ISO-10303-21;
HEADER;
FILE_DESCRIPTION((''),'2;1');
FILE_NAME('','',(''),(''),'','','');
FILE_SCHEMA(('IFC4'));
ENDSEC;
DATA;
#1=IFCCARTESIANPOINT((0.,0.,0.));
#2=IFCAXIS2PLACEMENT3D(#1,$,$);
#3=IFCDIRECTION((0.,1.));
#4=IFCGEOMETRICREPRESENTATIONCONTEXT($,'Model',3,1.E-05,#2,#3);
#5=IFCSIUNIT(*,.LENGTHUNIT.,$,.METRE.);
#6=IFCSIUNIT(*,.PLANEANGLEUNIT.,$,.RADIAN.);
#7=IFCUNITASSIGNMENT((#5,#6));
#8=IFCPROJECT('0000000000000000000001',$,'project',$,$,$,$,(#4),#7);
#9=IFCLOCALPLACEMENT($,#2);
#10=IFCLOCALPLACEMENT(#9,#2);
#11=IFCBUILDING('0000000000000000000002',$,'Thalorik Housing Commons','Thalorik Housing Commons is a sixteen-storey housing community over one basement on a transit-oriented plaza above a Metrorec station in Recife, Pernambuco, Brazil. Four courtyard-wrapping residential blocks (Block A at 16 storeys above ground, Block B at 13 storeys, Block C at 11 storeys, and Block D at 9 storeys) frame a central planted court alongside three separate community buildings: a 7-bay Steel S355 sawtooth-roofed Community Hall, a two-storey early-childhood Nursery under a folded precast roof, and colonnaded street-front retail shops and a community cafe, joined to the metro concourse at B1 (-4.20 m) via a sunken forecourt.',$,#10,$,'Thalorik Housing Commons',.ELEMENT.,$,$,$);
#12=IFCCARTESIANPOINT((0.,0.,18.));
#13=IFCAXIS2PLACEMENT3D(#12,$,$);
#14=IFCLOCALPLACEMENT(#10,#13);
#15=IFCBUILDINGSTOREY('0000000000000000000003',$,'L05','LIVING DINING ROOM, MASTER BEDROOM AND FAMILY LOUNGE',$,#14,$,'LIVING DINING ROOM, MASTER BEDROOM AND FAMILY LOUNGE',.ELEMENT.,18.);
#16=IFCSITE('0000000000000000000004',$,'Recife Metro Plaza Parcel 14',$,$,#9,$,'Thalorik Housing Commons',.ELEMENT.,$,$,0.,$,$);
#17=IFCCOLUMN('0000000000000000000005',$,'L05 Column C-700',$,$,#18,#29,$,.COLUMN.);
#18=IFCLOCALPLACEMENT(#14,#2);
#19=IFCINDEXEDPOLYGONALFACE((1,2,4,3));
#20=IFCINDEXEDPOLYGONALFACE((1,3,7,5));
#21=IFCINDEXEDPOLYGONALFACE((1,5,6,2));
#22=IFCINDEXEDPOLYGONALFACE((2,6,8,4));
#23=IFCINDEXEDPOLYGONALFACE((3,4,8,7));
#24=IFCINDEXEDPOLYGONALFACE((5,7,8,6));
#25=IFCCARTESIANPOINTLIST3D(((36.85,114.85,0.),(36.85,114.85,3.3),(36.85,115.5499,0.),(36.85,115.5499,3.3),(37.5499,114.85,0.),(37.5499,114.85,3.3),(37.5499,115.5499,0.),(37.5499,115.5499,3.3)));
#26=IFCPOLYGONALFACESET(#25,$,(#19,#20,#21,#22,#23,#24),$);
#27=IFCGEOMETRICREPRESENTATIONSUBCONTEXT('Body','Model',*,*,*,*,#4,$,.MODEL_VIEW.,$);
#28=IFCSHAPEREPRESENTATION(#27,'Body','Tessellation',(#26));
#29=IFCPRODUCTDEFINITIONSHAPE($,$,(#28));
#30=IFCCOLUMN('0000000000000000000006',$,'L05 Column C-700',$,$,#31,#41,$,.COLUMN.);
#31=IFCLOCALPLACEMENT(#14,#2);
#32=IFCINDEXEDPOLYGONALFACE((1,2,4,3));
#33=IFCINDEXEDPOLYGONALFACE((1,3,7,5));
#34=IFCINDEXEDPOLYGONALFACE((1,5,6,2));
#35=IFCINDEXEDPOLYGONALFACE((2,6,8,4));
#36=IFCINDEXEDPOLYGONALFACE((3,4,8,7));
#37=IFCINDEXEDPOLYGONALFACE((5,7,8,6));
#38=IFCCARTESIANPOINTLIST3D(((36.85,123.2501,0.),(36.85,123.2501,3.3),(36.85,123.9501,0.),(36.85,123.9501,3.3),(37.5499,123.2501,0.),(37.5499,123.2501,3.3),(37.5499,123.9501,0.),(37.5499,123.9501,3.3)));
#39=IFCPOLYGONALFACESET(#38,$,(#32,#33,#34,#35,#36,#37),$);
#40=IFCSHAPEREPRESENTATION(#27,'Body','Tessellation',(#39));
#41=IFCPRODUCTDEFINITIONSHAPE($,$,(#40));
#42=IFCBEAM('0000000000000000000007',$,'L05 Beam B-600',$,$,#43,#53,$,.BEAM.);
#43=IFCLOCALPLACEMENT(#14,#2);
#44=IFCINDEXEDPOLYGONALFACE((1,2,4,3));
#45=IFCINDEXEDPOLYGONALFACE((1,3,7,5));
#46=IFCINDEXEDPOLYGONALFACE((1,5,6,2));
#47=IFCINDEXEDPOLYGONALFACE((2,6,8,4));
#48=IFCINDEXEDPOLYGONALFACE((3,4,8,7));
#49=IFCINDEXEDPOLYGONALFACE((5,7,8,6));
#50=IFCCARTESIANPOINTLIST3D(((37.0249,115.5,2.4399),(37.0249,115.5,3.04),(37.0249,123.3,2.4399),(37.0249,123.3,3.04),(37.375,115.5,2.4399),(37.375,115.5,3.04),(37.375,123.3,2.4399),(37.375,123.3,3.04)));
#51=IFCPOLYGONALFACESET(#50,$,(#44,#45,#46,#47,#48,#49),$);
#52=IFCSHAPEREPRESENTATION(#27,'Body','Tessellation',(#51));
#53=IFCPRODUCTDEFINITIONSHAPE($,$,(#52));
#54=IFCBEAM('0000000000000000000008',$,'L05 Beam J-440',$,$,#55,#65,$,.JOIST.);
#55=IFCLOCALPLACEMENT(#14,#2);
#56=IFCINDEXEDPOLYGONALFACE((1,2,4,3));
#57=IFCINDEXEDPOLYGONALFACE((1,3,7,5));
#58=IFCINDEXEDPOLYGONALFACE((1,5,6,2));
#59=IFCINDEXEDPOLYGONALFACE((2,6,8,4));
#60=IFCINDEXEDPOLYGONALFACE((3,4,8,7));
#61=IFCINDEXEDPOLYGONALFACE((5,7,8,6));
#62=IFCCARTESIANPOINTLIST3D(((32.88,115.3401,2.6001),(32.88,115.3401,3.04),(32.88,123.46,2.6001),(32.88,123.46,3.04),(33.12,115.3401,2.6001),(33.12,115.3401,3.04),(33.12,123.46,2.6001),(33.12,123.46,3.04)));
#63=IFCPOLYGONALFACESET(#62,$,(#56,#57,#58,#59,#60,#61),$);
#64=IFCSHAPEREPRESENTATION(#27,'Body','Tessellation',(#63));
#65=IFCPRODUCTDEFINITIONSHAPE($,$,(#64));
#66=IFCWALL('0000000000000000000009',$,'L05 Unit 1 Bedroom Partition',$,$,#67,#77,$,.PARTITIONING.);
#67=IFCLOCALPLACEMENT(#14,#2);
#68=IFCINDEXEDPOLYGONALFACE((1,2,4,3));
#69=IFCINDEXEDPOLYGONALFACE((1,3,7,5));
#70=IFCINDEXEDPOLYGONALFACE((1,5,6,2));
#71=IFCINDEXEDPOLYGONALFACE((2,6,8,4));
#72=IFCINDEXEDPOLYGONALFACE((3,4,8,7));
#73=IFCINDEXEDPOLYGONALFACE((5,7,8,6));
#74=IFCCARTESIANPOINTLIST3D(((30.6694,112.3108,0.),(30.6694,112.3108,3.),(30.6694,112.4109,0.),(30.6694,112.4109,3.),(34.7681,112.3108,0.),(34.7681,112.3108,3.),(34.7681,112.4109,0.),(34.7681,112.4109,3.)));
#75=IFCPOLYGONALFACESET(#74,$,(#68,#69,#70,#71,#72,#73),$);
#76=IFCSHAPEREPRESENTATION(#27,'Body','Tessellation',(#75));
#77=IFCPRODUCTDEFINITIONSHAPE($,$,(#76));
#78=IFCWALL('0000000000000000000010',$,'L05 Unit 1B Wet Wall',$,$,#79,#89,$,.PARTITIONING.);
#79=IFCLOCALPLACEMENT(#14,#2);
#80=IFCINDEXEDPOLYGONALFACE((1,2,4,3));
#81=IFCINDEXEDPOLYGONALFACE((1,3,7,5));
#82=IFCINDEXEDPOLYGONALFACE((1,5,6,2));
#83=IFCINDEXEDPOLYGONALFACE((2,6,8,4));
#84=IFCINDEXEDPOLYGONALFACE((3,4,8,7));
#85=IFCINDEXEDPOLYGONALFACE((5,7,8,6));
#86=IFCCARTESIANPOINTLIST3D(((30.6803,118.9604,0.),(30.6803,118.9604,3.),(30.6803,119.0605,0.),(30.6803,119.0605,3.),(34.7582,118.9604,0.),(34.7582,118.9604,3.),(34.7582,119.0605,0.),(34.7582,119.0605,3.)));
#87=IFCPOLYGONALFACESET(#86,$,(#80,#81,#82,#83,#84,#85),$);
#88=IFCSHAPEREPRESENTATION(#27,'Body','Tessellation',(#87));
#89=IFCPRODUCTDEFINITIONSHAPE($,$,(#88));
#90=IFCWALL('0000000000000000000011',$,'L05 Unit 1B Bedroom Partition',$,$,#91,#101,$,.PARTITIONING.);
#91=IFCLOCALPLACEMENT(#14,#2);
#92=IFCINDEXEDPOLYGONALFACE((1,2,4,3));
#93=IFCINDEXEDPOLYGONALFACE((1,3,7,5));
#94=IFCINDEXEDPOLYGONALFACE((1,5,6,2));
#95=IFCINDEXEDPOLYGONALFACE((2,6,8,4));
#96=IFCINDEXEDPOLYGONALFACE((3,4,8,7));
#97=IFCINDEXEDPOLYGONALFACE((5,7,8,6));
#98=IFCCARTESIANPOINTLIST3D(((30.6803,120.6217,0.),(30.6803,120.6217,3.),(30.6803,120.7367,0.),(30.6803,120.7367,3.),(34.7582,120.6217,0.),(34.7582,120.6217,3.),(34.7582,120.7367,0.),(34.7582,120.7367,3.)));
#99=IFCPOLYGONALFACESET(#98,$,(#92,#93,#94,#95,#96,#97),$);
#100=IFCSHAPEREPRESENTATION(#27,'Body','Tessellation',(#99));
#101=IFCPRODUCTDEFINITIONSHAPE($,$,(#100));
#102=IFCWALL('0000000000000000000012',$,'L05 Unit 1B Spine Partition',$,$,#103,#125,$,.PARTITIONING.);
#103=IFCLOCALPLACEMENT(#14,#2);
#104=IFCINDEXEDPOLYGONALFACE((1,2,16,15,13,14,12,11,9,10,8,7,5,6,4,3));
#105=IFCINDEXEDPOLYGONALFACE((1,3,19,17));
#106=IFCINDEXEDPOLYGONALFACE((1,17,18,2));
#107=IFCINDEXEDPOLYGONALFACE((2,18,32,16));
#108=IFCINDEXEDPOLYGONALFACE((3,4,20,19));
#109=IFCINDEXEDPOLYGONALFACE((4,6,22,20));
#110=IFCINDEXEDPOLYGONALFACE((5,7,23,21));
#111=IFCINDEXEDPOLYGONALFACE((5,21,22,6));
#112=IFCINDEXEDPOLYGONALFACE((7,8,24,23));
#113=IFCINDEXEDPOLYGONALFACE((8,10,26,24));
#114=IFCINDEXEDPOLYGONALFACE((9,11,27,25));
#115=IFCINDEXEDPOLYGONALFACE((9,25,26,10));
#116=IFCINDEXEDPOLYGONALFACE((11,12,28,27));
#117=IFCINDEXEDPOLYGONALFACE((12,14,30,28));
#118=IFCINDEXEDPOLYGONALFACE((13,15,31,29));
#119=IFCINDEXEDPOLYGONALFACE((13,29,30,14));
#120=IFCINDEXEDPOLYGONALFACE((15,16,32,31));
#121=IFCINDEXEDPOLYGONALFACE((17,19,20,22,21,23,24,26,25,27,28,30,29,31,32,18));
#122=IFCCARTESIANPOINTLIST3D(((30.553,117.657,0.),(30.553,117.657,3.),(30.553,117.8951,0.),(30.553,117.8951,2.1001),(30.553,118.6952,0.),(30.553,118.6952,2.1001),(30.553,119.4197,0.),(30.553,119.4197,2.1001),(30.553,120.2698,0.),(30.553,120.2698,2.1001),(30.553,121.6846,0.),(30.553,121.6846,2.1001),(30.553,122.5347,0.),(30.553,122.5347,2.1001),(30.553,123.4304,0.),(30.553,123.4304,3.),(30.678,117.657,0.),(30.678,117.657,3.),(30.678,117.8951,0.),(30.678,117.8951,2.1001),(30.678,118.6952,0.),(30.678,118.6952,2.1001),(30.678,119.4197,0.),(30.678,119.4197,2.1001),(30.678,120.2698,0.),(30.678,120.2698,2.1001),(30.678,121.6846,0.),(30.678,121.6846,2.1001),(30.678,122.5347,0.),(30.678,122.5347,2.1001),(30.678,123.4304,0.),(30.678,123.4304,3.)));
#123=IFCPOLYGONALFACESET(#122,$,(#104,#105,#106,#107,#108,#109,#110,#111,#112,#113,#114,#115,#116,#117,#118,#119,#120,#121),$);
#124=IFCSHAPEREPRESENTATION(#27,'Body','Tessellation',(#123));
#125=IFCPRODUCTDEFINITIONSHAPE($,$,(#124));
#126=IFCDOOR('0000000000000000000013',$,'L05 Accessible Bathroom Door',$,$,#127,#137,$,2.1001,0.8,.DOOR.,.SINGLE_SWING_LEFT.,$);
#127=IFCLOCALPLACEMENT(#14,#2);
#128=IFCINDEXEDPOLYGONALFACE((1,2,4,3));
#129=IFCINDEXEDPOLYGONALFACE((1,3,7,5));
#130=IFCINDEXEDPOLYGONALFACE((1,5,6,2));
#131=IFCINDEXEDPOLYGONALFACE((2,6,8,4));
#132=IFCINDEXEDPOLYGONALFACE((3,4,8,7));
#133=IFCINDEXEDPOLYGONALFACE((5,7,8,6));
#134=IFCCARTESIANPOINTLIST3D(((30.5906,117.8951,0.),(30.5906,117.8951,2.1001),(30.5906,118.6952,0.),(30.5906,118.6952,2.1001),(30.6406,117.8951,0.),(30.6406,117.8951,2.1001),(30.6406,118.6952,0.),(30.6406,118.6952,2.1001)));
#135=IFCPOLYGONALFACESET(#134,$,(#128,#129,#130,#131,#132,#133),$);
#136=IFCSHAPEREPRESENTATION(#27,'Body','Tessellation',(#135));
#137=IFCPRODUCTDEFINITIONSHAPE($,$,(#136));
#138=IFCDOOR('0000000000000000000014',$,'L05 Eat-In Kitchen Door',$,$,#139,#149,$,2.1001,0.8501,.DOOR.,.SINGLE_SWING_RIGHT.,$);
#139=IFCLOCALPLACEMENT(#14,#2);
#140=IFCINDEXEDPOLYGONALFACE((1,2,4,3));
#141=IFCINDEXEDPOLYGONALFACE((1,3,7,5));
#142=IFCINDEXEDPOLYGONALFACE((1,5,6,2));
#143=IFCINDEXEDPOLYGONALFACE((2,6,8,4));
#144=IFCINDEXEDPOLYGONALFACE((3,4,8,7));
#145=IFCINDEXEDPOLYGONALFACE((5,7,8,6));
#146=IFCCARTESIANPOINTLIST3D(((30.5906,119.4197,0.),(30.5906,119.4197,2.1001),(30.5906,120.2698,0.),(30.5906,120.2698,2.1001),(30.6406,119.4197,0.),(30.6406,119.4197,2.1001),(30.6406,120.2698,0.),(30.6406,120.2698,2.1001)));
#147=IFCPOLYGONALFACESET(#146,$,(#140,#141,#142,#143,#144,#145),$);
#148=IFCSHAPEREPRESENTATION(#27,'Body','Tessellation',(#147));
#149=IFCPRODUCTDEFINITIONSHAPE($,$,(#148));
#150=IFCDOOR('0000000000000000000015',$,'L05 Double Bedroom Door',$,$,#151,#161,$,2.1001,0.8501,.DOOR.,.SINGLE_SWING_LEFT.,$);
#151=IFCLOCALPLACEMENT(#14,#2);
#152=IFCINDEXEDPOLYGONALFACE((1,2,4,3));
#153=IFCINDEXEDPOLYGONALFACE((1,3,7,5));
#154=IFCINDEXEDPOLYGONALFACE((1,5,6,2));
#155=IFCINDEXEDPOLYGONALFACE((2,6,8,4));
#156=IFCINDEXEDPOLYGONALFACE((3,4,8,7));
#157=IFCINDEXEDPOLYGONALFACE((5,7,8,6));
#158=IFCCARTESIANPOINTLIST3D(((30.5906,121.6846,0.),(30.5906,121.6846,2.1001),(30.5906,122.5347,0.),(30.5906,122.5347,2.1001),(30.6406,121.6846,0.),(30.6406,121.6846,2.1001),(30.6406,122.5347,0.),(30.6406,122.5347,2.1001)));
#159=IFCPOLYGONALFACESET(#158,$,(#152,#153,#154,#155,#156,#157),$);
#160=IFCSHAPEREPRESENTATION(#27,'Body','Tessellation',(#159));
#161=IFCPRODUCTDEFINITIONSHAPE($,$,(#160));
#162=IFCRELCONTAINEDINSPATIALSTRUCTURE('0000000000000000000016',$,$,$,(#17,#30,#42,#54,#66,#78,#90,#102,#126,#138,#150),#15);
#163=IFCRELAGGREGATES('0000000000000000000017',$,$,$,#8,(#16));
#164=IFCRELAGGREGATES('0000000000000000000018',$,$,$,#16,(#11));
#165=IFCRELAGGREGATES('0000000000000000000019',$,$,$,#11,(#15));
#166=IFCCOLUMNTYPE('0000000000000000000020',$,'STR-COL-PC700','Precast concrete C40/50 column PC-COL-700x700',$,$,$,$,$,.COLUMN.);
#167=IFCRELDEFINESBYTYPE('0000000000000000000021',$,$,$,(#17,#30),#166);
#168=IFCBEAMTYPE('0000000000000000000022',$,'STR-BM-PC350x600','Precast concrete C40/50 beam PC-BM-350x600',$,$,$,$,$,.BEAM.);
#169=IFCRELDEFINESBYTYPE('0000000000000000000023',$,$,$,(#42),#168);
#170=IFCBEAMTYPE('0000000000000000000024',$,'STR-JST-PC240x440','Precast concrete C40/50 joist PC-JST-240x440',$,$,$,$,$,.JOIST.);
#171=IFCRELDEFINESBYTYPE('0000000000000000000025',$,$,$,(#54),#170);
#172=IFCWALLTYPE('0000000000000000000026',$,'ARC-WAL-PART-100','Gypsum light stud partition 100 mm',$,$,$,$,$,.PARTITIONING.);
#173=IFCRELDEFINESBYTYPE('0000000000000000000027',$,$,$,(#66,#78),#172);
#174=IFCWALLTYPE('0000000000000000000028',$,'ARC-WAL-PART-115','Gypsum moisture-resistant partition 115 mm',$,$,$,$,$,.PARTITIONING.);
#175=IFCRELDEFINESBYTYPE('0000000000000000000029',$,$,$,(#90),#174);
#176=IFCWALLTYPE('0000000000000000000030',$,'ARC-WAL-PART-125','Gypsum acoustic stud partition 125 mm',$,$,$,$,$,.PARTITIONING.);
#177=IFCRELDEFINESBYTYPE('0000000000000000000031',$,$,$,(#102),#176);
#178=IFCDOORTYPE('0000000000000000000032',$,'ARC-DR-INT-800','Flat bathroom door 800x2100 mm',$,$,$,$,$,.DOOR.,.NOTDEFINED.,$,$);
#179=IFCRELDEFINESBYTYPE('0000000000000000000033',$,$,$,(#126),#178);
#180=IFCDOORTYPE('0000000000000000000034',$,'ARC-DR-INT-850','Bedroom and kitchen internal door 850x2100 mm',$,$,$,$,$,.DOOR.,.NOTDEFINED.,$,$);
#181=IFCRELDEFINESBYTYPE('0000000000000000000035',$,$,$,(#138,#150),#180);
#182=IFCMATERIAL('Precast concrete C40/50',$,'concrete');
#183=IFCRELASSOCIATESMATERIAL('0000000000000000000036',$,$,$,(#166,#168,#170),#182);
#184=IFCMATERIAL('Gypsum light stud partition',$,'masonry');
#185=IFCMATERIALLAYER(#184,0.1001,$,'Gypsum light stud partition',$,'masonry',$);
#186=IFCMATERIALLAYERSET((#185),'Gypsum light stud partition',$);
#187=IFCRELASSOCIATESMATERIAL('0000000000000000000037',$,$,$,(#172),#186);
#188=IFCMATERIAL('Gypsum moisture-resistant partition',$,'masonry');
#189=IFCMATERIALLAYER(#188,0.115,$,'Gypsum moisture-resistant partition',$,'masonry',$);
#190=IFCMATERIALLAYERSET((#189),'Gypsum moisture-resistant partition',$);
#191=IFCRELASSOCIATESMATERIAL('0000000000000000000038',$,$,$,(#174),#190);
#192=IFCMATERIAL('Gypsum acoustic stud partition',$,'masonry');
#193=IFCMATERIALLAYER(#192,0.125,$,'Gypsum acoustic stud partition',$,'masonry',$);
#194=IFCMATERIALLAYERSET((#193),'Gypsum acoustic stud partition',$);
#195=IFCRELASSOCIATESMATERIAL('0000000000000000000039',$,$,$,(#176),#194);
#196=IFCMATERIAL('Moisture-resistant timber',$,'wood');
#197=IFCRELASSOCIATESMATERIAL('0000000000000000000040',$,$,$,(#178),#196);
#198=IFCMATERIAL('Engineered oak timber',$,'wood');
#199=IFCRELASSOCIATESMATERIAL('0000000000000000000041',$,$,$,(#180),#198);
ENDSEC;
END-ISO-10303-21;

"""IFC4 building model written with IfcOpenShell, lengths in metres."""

from ifc_helpers import new_model, si_unit, direction, frame, frame_2d, origin, origin_2d, place, context, subcontext, project, spatial, rectangle, extrude, material, layer, layer_set, material_profile, profile_set, type_object, element, fill, save


model = new_model("IFC4")

# Units and contexts
model_context = context("Model", 3, precision=1e-05, world=origin(), true_north=direction((0.0, 1.0)))
body_context = subcontext(model_context, "Body", "Model", "MODEL_VIEW")
ifc_project = project(units=[si_unit("LENGTHUNIT", "METRE"), si_unit("PLANEANGLEUNIT", "RADIAN")], contexts=[model_context])

# Site, building, storey
site_placement = place(None, origin())
site = spatial("IfcSite", under=ifc_project, at=site_placement, Name="Recife Metro Plaza Parcel 14", LongName="Thalorik Housing Commons", CompositionType="ELEMENT", RefElevation=0.0)
building_placement = place(site_placement, origin())
building = spatial("IfcBuilding", under=site, at=building_placement, Name="Thalorik Housing Commons", Description="Thalorik Housing Commons is a sixteen-storey housing community over one basement on a transit-oriented plaza above a Metrorec station in Recife, Pernambuco, Brazil. Four courtyard-wrapping residential blocks (Block A at 16 storeys above ground, Block B at 13 storeys, Block C at 11 storeys, and Block D at 9 storeys) frame a central planted court alongside three separate community buildings: a 7-bay Steel S355 sawtooth-roofed Community Hall, a two-storey early-childhood Nursery under a folded precast roof, and colonnaded street-front retail shops and a community cafe, joined to the metro concourse at B1 (-4.20 m) via a sunken forecourt.", LongName="Thalorik Housing Commons", CompositionType="ELEMENT")
storey_placement = place(building_placement, frame((0.0, 0.0, 18.0)))
storey = spatial("IfcBuildingStorey", under=building, at=storey_placement, Name="L05", Description="LIVING DINING ROOM, MASTER BEDROOM AND FAMILY LOUNGE", LongName="LIVING DINING ROOM, MASTER BEDROOM AND FAMILY LOUNGE", CompositionType="ELEMENT", Elevation=18.0)

# Columns
ifc_material_1 = material(Name="Precast concrete C40/50", Category="concrete")
ifc_material_profile_1 = material_profile(ifc_material_1, rectangle(XDim=0.7, YDim=0.7, at=origin_2d()), Name="PC 700x700", Category="concrete")
ifc_profile_set_1 = profile_set([ifc_material_profile_1], Name="Precast concrete C40/50")
column_type = type_object("IfcColumnType", Name="STR-COL-PC700", Description="Precast concrete C40/50 column PC-COL-700x700", PredefinedType="COLUMN", material=ifc_profile_set_1)
for number, where, z_axis, x_axis, name in (
    (1, (37.2, 115.2, 0.0), (0.0, 0.0, 1.0), (1.0, 0.0, 0.0), "L05 Column C-700"),
    (2, (37.2, 123.6001, 0.0), (0.0, 0.0, 1.0), (1.0, 0.0, 0.0), "L05 Column C-700"),
):
    element("IfcColumn", number, at=place(storey_placement, frame(where, z_axis=z_axis, x_axis=x_axis)), inside=storey, type_object=column_type, Name=name, PredefinedType="COLUMN", context=body_context, shape_type="SweptSolid", body=[
        extrude(rectangle(XDim=0.7, YDim=0.7, at=origin_2d()), origin(), (0.0, 0.0, 1.0), 3.3),
    ])

# Beams
ifc_material_profile_2 = material_profile(ifc_material_1, rectangle(XDim=0.3501, YDim=0.6001, at=origin_2d()), Name="PC 350x600", Category="concrete")
ifc_profile_set_2 = profile_set([ifc_material_profile_2], Name="Precast concrete C40/50")
beam_type_1 = type_object("IfcBeamType", Name="STR-BM-PC350x600", Description="Precast concrete C40/50 beam PC-BM-350x600", PredefinedType="BEAM", material=ifc_profile_set_2)
beam_1_placement = place(storey_placement, frame((37.2, 115.5, 2.74), z_axis=(0.0, 1.0, 0.0), x_axis=(-1.0, 0.0, 0.0)))
element("IfcBeam", 3, at=beam_1_placement, inside=storey, type_object=beam_type_1, Name="L05 Beam B-600", PredefinedType="BEAM", context=body_context, shape_type="SweptSolid", body=[
    extrude(rectangle(XDim=0.3501, YDim=0.6001, at=origin_2d()), origin(), (0.0, 0.0, 1.0), 7.8),
])
ifc_material_profile_3 = material_profile(ifc_material_1, rectangle(XDim=0.24, YDim=0.4399, at=origin_2d()), Name="PC JST 240x440", Category="concrete")
ifc_profile_set_3 = profile_set([ifc_material_profile_3], Name="Precast concrete C40/50")
beam_type_2 = type_object("IfcBeamType", Name="STR-JST-PC240x440", Description="Precast concrete C40/50 joist PC-JST-240x440", PredefinedType="JOIST", material=ifc_profile_set_3)
beam_2_placement = place(storey_placement, frame((33.0, 115.3401, 2.8201), z_axis=(0.0, 1.0, 0.0), x_axis=(-1.0, 0.0, 0.0)))
element("IfcBeam", 4, at=beam_2_placement, inside=storey, type_object=beam_type_2, Name="L05 Beam J-440", PredefinedType="JOIST", context=body_context, shape_type="SweptSolid", body=[
    extrude(rectangle(XDim=0.24, YDim=0.4399, at=origin_2d()), origin(), (0.0, 0.0, 1.0), 8.1199),
])

# Walls
ifc_material_2 = material(Name="Gypsum light stud partition", Category="masonry")
ifc_layer_1 = layer(ifc_material_2, 0.1001, Name="Gypsum light stud partition", Category="masonry")
ifc_layer_set_1 = layer_set([ifc_layer_1], Name="Gypsum light stud partition")
wall_type_1 = type_object("IfcWallType", Name="ARC-WAL-PART-100", Description="Gypsum light stud partition 100 mm", PredefinedType="PARTITIONING", material=ifc_layer_set_1)
wall_1_placement = place(storey_placement, frame((30.6694, 112.3608, 0.0), z_axis=(0.0, 0.0, 1.0), x_axis=(1.0, 0.0, 0.0)))
element("IfcWall", 5, at=wall_1_placement, inside=storey, type_object=wall_type_1, Name="L05 Unit 1 Bedroom Partition", PredefinedType="PARTITIONING", context=body_context, shape_type="SweptSolid", body=[
    extrude(rectangle(XDim=4.0986, YDim=0.1001, at=frame_2d((2.0493, 0.0))), origin(), (0.0, 0.0, 1.0), 3.0),
])
wall_2_placement = place(storey_placement, frame((30.6802, 119.0105, 0.0), z_axis=(0.0, 0.0, 1.0), x_axis=(1.0, 0.0, 0.0)))
element("IfcWall", 6, at=wall_2_placement, inside=storey, type_object=wall_type_1, Name="L05 Unit 1B Wet Wall", PredefinedType="PARTITIONING", context=body_context, shape_type="SweptSolid", body=[
    extrude(rectangle(XDim=4.0779, YDim=0.1001, at=frame_2d((2.0391, 0.0))), origin(), (0.0, 0.0, 1.0), 3.0),
])
ifc_material_3 = material(Name="Gypsum moisture-resistant partition", Category="masonry")
ifc_layer_2 = layer(ifc_material_3, 0.115, Name="Gypsum moisture-resistant partition", Category="masonry")
ifc_layer_set_2 = layer_set([ifc_layer_2], Name="Gypsum moisture-resistant partition")
wall_type_2 = type_object("IfcWallType", Name="ARC-WAL-PART-115", Description="Gypsum moisture-resistant partition 115 mm", PredefinedType="PARTITIONING", material=ifc_layer_set_2)
wall_3_placement = place(storey_placement, frame((30.6802, 120.6792, 0.0), z_axis=(0.0, 0.0, 1.0), x_axis=(1.0, 0.0, 0.0)))
element("IfcWall", 7, at=wall_3_placement, inside=storey, type_object=wall_type_2, Name="L05 Unit 1B Bedroom Partition", PredefinedType="PARTITIONING", context=body_context, shape_type="SweptSolid", body=[
    extrude(rectangle(XDim=4.0779, YDim=0.115, at=frame_2d((2.0391, 0.0))), origin(), (0.0, 0.0, 1.0), 3.0),
])

# Wall, openings, doors
ifc_material_4 = material(Name="Gypsum acoustic stud partition", Category="masonry")
ifc_layer_3 = layer(ifc_material_4, 0.125, Name="Gypsum acoustic stud partition", Category="masonry")
ifc_layer_set_3 = layer_set([ifc_layer_3], Name="Gypsum acoustic stud partition")
wall_type_3 = type_object("IfcWallType", Name="ARC-WAL-PART-125", Description="Gypsum acoustic stud partition 125 mm", PredefinedType="PARTITIONING", material=ifc_layer_set_3)
wall_4_placement = place(storey_placement, frame((30.6155, 117.657, 0.0), z_axis=(0.0, 0.0, 1.0), x_axis=(0.0, 1.0, 0.0)))
wall_4 = element("IfcWall", 8, at=wall_4_placement, inside=storey, type_object=wall_type_3, Name="L05 Unit 1B Spine Partition", PredefinedType="PARTITIONING", context=body_context, shape_type="SweptSolid", body=[
    extrude(rectangle(XDim=5.7734, YDim=0.125, at=frame_2d((2.8867, 0.0))), origin(), (0.0, 0.0, 1.0), 3.0),
])
opening_1_placement = place(wall_4_placement, frame((0.2383, 0.0, 0.0)))
opening_1 = element("IfcOpeningElement", 9, at=opening_1_placement, cuts=wall_4, PredefinedType="OPENING", context=body_context, shape_type="SweptSolid", body=[
    extrude(rectangle(XDim=0.8, YDim=2.1001, at=frame_2d((0.3999, 1.05))), frame((0.0, 0.0725, 0.0), z_axis=(0.0, -1.0, 0.0), x_axis=(1.0, 0.0, 0.0)), (0.0, 0.0, 1.0), 0.145),
])
opening_2_placement = place(wall_4_placement, frame((1.7627, 0.0, 0.0)))
opening_2 = element("IfcOpeningElement", 10, at=opening_2_placement, cuts=wall_4, PredefinedType="OPENING", context=body_context, shape_type="SweptSolid", body=[
    extrude(rectangle(XDim=0.8501, YDim=2.1001, at=frame_2d((0.425, 1.05))), frame((0.0, 0.0725, 0.0), z_axis=(0.0, -1.0, 0.0), x_axis=(1.0, 0.0, 0.0)), (0.0, 0.0, 1.0), 0.145),
])
opening_3_placement = place(wall_4_placement, frame((4.0276, 0.0, 0.0)))
opening_3 = element("IfcOpeningElement", 11, at=opening_3_placement, cuts=wall_4, PredefinedType="OPENING", context=body_context, shape_type="SweptSolid", body=[
    extrude(rectangle(XDim=0.8501, YDim=2.1001, at=frame_2d((0.425, 1.05))), frame((0.0, 0.0725, 0.0), z_axis=(0.0, -1.0, 0.0), x_axis=(1.0, 0.0, 0.0)), (0.0, 0.0, 1.0), 0.145),
])
ifc_material_5 = material(Name="Moisture-resistant timber", Category="wood")
door_type_1 = type_object("IfcDoorType", Name="ARC-DR-INT-800", Description="Flat bathroom door 800x2100 mm", OperationType="NOTDEFINED", PredefinedType="DOOR", material=ifc_material_5)
door_1_placement = place(opening_1_placement, origin())
door_1 = element("IfcDoor", 12, at=door_1_placement, inside=storey, type_object=door_type_1, Name="L05 Accessible Bathroom Door", OperationType="SINGLE_SWING_LEFT", OverallHeight=2.1001, OverallWidth=0.8, PredefinedType="DOOR", context=body_context, shape_type="SweptSolid", body=[
    extrude(rectangle(XDim=0.8, YDim=2.1001, at=frame_2d((0.3999, 1.05))), frame((0.0, 0.0249, 0.0), z_axis=(0.0, -1.0, 0.0), x_axis=(1.0, 0.0, 0.0)), (0.0, 0.0, 1.0), 0.05),
])
fill(opening_1, door_1)
ifc_material_6 = material(Name="Engineered oak timber", Category="wood")
door_type_2 = type_object("IfcDoorType", Name="ARC-DR-INT-850", Description="Bedroom and kitchen internal door 850x2100 mm", OperationType="NOTDEFINED", PredefinedType="DOOR", material=ifc_material_6)
door_2_placement = place(opening_2_placement, origin())
door_2 = element("IfcDoor", 13, at=door_2_placement, inside=storey, type_object=door_type_2, Name="L05 Eat-In Kitchen Door", OperationType="SINGLE_SWING_RIGHT", OverallHeight=2.1001, OverallWidth=0.8501, PredefinedType="DOOR", context=body_context, shape_type="SweptSolid", body=[
    extrude(rectangle(XDim=0.8501, YDim=2.1001, at=frame_2d((0.425, 1.05))), frame((0.0, 0.0249, 0.0), z_axis=(0.0, -1.0, 0.0), x_axis=(1.0, 0.0, 0.0)), (0.0, 0.0, 1.0), 0.05),
])
fill(opening_2, door_2)
door_3_placement = place(opening_3_placement, origin())
door_3 = element("IfcDoor", 14, at=door_3_placement, inside=storey, type_object=door_type_2, Name="L05 Double Bedroom Door", OperationType="SINGLE_SWING_LEFT", OverallHeight=2.1001, OverallWidth=0.8501, PredefinedType="DOOR", context=body_context, shape_type="SweptSolid", body=[
    extrude(rectangle(XDim=0.8501, YDim=2.1001, at=frame_2d((0.425, 1.05))), frame((0.0, 0.0249, 0.0), z_axis=(0.0, -1.0, 0.0), x_axis=(1.0, 0.0, 0.0)), (0.0, 0.0, 1.0), 0.05),
])
fill(opening_3, door_3)

save(model, "model.ifc")
